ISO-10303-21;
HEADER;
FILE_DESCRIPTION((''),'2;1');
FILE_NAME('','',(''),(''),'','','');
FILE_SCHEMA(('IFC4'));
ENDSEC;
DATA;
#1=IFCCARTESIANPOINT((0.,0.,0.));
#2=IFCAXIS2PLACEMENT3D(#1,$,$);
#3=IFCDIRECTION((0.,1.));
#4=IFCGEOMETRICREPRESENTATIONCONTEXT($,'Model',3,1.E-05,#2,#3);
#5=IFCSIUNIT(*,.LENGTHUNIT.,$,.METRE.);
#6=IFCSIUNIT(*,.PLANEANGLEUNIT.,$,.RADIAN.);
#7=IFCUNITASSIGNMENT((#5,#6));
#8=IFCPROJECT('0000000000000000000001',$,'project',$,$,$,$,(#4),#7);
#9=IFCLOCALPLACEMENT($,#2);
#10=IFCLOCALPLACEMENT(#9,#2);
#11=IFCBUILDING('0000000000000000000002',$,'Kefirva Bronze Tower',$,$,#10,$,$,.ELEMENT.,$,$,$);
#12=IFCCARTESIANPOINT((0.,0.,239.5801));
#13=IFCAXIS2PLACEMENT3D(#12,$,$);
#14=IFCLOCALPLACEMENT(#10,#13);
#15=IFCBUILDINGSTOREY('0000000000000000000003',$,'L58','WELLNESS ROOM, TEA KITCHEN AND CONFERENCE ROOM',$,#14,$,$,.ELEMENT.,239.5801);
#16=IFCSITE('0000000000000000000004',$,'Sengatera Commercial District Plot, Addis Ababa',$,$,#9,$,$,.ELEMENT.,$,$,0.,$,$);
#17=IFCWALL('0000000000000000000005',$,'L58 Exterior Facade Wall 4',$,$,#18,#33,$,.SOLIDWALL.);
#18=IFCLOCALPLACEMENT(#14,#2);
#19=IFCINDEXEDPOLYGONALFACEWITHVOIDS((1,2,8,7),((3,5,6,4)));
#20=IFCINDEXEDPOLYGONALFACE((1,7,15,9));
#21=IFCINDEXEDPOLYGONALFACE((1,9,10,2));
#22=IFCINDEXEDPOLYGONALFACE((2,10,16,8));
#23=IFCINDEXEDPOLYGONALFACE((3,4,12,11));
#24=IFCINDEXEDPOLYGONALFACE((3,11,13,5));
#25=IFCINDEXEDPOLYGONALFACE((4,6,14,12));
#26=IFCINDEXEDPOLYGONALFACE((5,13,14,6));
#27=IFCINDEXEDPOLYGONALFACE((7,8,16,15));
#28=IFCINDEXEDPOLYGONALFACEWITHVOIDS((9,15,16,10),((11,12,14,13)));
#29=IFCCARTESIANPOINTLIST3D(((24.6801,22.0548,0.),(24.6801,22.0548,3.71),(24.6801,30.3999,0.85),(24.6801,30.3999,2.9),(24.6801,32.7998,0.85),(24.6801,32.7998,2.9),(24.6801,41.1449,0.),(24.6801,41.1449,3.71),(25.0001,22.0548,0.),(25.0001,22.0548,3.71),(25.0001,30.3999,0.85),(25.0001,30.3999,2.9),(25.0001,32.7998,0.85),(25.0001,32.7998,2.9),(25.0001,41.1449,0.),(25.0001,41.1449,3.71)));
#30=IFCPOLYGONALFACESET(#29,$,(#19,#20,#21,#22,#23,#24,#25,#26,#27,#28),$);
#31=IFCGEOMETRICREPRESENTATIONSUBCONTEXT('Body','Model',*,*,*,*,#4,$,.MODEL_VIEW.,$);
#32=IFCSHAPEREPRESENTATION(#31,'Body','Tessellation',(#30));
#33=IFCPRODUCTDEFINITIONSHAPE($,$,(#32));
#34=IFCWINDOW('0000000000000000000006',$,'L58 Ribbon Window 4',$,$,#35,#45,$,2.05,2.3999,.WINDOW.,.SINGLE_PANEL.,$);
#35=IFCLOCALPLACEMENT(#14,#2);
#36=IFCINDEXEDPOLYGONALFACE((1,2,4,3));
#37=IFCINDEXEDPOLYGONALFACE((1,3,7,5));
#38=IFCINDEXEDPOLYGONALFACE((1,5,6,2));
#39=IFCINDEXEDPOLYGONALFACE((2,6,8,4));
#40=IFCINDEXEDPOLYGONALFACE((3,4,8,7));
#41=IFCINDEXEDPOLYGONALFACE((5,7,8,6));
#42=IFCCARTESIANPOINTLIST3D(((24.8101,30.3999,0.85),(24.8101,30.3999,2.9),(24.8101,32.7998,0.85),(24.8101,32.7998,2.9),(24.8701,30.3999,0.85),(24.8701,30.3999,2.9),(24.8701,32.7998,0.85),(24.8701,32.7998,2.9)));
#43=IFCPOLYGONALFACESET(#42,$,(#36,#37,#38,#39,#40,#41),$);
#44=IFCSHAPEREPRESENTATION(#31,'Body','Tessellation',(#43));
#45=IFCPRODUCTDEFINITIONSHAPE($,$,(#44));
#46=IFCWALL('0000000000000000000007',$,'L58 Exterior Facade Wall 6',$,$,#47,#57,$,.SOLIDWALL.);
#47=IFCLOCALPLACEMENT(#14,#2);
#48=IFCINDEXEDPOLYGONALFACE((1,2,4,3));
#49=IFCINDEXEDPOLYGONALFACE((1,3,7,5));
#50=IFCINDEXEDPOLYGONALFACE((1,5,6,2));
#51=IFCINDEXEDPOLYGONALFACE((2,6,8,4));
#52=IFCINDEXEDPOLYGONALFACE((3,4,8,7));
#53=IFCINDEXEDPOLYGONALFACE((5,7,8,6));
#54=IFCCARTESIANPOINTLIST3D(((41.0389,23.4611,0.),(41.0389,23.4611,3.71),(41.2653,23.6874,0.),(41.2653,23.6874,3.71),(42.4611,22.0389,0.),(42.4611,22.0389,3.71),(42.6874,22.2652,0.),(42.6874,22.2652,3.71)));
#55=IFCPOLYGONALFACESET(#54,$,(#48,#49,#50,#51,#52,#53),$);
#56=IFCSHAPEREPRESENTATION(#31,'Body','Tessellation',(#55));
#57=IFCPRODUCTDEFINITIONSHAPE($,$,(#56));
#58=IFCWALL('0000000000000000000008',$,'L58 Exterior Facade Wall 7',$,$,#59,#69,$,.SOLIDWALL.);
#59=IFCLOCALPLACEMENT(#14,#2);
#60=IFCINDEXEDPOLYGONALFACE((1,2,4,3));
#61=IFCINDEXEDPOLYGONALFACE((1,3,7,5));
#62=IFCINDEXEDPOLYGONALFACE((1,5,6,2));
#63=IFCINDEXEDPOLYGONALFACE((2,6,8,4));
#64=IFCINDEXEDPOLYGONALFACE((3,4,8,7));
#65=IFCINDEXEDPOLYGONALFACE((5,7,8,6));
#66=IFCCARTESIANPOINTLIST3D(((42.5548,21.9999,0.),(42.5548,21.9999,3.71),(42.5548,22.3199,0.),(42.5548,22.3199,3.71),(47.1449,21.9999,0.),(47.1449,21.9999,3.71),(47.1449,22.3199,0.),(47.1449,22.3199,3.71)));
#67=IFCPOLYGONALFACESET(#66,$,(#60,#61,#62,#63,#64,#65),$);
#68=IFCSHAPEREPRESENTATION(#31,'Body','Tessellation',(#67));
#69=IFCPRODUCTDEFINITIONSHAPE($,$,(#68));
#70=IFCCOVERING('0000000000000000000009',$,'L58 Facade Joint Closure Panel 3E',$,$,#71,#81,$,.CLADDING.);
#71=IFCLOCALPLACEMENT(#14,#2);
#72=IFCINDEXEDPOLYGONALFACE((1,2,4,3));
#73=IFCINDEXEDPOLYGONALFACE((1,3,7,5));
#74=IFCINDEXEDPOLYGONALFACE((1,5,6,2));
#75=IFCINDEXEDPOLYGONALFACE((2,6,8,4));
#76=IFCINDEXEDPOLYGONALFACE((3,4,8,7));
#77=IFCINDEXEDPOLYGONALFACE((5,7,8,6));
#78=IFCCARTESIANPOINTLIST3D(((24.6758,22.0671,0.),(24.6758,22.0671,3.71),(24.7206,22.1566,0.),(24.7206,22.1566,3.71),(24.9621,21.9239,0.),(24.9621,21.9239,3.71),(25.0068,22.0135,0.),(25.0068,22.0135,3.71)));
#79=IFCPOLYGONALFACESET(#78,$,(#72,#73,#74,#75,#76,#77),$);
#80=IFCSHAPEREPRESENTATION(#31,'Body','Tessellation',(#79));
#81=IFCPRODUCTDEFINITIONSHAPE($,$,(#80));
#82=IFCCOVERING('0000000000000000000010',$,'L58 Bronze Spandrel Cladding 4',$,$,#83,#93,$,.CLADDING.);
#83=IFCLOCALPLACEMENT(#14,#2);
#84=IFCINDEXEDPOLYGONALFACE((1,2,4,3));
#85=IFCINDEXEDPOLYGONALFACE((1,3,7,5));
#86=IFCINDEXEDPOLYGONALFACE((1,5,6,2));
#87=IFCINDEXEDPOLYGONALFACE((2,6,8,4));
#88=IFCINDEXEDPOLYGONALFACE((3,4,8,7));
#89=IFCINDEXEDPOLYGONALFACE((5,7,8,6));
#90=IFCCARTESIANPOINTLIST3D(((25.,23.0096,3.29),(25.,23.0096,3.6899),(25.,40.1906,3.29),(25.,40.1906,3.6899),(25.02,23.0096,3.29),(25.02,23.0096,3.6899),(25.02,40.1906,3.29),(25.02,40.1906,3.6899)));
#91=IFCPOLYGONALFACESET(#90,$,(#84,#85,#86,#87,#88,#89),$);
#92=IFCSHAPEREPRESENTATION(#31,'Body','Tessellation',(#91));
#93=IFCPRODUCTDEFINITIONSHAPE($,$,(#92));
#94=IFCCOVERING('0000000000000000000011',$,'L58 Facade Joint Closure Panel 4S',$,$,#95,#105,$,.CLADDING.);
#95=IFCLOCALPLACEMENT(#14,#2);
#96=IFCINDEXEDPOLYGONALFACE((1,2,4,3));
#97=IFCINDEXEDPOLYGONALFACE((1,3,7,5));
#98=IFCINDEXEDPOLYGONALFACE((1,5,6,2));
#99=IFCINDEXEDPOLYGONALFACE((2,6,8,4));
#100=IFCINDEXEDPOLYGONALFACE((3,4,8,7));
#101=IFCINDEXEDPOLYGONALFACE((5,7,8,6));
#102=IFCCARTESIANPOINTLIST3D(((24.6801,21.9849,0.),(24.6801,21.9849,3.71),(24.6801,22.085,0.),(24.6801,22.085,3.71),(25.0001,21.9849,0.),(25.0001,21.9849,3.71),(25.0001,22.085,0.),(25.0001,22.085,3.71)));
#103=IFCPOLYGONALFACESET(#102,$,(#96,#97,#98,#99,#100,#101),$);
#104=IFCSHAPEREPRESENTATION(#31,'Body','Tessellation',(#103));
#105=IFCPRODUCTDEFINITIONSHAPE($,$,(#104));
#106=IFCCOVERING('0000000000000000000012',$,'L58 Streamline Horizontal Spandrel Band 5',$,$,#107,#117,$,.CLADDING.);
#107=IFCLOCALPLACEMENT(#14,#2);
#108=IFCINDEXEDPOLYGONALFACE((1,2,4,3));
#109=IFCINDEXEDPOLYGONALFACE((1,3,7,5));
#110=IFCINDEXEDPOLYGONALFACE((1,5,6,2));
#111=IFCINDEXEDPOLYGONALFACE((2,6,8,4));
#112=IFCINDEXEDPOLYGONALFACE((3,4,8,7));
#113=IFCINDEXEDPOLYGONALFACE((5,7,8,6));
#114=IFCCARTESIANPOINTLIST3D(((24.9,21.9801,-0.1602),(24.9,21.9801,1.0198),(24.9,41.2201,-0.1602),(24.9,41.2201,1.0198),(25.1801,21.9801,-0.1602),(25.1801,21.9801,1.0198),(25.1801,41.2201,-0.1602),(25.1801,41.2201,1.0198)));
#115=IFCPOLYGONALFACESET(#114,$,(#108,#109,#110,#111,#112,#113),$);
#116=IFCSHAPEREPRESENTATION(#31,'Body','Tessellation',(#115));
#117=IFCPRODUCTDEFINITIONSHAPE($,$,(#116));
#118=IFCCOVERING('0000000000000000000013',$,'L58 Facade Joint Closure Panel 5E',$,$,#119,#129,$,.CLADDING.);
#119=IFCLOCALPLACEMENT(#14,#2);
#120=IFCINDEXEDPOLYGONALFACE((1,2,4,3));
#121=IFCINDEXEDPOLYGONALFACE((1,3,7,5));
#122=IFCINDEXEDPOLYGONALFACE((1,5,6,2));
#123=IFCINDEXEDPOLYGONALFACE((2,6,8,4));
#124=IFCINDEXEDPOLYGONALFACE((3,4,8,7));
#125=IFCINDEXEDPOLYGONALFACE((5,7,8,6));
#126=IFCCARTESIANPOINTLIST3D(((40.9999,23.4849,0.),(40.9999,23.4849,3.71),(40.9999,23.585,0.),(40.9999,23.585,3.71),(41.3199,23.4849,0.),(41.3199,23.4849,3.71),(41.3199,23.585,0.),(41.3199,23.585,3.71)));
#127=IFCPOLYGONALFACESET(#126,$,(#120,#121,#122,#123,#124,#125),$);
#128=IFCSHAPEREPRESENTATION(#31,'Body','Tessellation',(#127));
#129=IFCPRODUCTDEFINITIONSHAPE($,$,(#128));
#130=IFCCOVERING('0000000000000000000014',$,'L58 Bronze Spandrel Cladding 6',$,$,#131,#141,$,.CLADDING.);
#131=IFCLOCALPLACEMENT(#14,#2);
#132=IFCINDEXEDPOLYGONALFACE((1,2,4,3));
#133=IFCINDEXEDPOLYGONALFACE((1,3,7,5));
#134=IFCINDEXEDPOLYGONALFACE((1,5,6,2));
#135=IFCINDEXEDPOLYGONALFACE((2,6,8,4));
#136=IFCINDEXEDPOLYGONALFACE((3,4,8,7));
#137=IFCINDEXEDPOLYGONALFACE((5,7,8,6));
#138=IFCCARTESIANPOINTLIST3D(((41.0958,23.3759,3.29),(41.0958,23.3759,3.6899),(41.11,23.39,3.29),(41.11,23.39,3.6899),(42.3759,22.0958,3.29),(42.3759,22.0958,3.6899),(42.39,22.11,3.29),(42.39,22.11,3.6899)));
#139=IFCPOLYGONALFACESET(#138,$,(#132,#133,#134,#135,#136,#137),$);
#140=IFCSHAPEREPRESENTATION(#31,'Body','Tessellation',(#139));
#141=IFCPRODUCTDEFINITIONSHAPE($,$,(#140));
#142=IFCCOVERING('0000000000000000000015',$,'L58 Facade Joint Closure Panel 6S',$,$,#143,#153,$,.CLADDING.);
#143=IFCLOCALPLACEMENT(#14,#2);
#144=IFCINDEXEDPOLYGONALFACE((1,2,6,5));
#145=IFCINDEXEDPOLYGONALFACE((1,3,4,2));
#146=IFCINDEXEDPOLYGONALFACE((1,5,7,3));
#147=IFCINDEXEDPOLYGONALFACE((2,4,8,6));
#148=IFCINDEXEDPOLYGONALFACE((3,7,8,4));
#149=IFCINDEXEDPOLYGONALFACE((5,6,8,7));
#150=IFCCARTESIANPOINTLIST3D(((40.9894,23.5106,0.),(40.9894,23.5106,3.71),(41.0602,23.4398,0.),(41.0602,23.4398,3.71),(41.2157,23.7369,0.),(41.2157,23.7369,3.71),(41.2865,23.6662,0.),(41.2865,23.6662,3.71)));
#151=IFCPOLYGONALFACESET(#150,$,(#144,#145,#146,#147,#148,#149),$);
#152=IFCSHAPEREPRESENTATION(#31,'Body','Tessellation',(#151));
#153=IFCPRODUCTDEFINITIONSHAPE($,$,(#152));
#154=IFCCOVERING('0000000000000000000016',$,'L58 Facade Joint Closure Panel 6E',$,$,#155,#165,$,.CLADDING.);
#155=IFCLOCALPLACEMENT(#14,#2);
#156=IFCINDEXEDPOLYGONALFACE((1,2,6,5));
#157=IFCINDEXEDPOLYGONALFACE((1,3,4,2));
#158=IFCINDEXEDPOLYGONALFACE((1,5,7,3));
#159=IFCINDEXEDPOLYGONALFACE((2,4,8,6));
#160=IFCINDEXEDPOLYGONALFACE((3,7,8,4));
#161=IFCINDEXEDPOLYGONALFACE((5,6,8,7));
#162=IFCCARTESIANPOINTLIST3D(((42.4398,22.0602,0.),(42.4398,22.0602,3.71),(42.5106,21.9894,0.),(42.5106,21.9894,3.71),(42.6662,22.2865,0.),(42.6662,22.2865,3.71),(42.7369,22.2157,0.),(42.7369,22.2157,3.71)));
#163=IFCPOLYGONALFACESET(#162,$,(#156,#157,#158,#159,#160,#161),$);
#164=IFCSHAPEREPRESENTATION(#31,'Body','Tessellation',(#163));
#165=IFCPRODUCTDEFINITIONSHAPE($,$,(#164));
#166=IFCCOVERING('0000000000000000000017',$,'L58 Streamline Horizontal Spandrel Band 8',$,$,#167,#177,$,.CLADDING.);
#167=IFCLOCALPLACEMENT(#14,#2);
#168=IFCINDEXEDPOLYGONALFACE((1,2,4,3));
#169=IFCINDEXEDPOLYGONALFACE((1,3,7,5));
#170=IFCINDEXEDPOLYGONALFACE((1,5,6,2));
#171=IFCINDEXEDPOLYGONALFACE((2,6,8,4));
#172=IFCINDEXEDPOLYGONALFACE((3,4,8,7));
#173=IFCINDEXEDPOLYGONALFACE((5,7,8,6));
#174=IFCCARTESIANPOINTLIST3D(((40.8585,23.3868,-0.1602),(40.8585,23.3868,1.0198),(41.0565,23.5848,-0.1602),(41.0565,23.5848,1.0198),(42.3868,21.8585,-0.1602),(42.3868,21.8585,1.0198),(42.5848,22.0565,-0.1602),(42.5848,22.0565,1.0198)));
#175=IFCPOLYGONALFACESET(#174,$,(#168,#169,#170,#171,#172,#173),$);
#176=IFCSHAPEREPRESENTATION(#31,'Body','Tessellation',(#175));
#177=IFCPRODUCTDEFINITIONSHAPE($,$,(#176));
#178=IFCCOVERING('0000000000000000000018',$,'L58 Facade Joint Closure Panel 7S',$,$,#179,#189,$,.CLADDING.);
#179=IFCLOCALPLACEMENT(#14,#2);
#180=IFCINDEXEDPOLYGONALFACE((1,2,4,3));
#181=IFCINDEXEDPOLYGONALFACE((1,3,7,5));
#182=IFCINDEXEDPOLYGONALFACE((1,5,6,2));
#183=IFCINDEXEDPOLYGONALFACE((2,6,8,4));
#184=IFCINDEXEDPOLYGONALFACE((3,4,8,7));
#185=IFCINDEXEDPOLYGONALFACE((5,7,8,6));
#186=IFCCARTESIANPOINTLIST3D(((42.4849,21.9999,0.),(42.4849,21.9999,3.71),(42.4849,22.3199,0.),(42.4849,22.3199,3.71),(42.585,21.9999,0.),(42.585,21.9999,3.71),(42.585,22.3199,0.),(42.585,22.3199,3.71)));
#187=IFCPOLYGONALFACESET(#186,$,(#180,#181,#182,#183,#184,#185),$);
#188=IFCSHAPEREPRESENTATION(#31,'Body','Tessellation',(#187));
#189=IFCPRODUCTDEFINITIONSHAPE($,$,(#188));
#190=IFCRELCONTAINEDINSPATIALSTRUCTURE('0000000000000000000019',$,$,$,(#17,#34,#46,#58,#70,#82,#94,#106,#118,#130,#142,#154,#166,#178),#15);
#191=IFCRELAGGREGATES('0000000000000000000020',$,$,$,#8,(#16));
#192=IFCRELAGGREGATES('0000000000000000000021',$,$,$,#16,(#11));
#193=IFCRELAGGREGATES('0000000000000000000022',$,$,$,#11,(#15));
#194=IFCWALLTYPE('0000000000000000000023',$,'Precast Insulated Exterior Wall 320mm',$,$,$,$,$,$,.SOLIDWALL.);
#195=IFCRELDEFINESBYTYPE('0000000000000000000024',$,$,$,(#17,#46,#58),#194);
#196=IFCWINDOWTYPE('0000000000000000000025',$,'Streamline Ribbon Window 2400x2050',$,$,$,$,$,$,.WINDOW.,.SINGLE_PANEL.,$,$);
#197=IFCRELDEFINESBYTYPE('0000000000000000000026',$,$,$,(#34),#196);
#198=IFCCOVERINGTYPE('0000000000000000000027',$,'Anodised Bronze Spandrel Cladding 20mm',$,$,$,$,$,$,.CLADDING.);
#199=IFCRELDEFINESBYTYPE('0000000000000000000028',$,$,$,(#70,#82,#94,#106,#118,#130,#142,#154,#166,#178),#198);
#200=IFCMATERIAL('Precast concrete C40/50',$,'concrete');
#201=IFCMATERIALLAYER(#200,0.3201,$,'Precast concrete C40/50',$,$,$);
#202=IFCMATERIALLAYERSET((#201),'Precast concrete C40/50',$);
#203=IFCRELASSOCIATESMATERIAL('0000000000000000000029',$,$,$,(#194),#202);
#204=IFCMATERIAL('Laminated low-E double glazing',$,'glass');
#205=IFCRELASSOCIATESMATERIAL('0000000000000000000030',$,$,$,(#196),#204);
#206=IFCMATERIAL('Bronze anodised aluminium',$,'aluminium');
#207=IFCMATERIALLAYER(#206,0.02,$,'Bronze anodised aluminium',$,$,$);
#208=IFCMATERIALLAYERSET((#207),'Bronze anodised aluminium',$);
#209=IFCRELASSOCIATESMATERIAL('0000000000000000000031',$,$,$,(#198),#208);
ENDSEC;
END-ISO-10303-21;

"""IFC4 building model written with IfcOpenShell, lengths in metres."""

from ifc_helpers import new_model, si_unit, direction, frame, frame_2d, origin, origin_2d, place, context, subcontext, project, spatial, rectangle, extrude, material, layer, layer_set, type_object, element, fill, save


model = new_model("IFC4")

# Units and contexts
model_context = context("Model", 3, precision=1e-05, world=origin(), true_north=direction((0.0, 1.0)))
body_context = subcontext(model_context, "Body", "Model", "MODEL_VIEW")
ifc_project = project(units=[si_unit("LENGTHUNIT", "METRE"), si_unit("PLANEANGLEUNIT", "RADIAN")], contexts=[model_context])

# Site, building, storey
site_placement = place(None, origin())
site = spatial("IfcSite", under=ifc_project, at=site_placement, Name="Sengatera Commercial District Plot, Addis Ababa", CompositionType="ELEMENT", RefElevation=0.0)
building_placement = place(site_placement, origin())
building = spatial("IfcBuilding", under=site, at=building_placement, Name="Kefirva Bronze Tower", CompositionType="ELEMENT")
storey_placement = place(building_placement, frame((0.0, 0.0, 239.5801)))
storey = spatial("IfcBuildingStorey", under=building, at=storey_placement, Name="L58", Description="WELLNESS ROOM, TEA KITCHEN AND CONFERENCE ROOM", CompositionType="ELEMENT", Elevation=239.5801)

# Wall, opening, window
ifc_material_1 = material(Name="Precast concrete C40/50", Category="concrete")
ifc_layer_1 = layer(ifc_material_1, 0.3201, Name="Precast concrete C40/50")
ifc_layer_set_1 = layer_set([ifc_layer_1], Name="Precast concrete C40/50")
wall_type = type_object("IfcWallType", Name="Precast Insulated Exterior Wall 320mm", PredefinedType="SOLIDWALL", material=ifc_layer_set_1)
wall_1_placement = place(storey_placement, frame((24.8401, 22.0549, 0.0), z_axis=(0.0, 0.0, 1.0), x_axis=(0.0, 1.0, 0.0)))
wall_1 = element("IfcWall", 1, at=wall_1_placement, inside=storey, type_object=wall_type, Name="L58 Exterior Facade Wall 4", PredefinedType="SOLIDWALL", context=body_context, shape_type="SweptSolid", body=[
    extrude(rectangle(XDim=19.0901, YDim=0.3201, at=frame_2d((9.5449, 0.0))), origin(), (0.0, 0.0, 1.0), 3.71),
])
opening_placement = place(wall_1_placement, frame((8.345, 0.0, 0.8501)))
opening = element("IfcOpeningElement", 2, at=opening_placement, cuts=wall_1, PredefinedType="OPENING", context=body_context, shape_type="SweptSolid", body=[
    extrude(rectangle(XDim=2.3999, YDim=2.05, at=frame_2d((1.2, 1.0249))), frame((0.0, 0.1699, 0.0), z_axis=(0.0, -1.0, 0.0), x_axis=(1.0, 0.0, 0.0)), (0.0, 0.0, 1.0), 0.3401),
])
ifc_material_2 = material(Name="Laminated low-E double glazing", Category="glass")
window_type = type_object("IfcWindowType", Name="Streamline Ribbon Window 2400x2050", PartitioningType="SINGLE_PANEL", PredefinedType="WINDOW", material=ifc_material_2)
window_placement = place(opening_placement, origin())
window = element("IfcWindow", 3, at=window_placement, inside=storey, type_object=window_type, Name="L58 Ribbon Window 4", OverallHeight=2.05, OverallWidth=2.3999, PartitioningType="SINGLE_PANEL", PredefinedType="WINDOW", context=body_context, shape_type="SweptSolid", body=[
    extrude(rectangle(XDim=2.3999, YDim=2.05, at=frame_2d((1.2, 1.0249))), frame((0.0, 0.03, 0.0), z_axis=(0.0, -1.0, 0.0), x_axis=(1.0, 0.0, 0.0)), (0.0, 0.0, 1.0), 0.0601),
])
fill(opening, window)

# Walls
wall_2_placement = place(storey_placement, frame((41.1521, 23.5742, 0.0), z_axis=(0.0, 0.0, 1.0), x_axis=(0.707107, -0.707107, 0.0)))
element("IfcWall", 4, at=wall_2_placement, inside=storey, type_object=wall_type, Name="L58 Exterior Facade Wall 6", PredefinedType="SOLIDWALL", context=body_context, shape_type="SweptSolid", body=[
    extrude(rectangle(XDim=2.0112, YDim=0.3201, at=frame_2d((1.0056, 0.0))), origin(), (0.0, 0.0, 1.0), 3.71),
])
wall_3_placement = place(storey_placement, frame((42.5549, 22.1599, 0.0), z_axis=(0.0, 0.0, 1.0), x_axis=(1.0, 0.0, 0.0)))
element("IfcWall", 5, at=wall_3_placement, inside=storey, type_object=wall_type, Name="L58 Exterior Facade Wall 7", PredefinedType="SOLIDWALL", context=body_context, shape_type="SweptSolid", body=[
    extrude(rectangle(XDim=4.5901, YDim=0.3201, at=frame_2d((2.2949, 0.0))), origin(), (0.0, 0.0, 1.0), 3.71),
])

# Coverings
ifc_material_3 = material(Name="Bronze anodised aluminium", Category="aluminium")
ifc_layer_2 = layer(ifc_material_3, 0.02, Name="Bronze anodised aluminium")
ifc_layer_set_2 = layer_set([ifc_layer_2], Name="Bronze anodised aluminium")
covering_type_1 = type_object("IfcCoveringType", Name="Anodised Bronze Spandrel Cladding 20mm", PredefinedType="CLADDING", material=ifc_layer_set_2)
covering_1_placement = place(storey_placement, frame((24.8413, 22.0403, 0.0), z_axis=(0.0, 0.0, 1.0), x_axis=(0.447214, 0.894427, 0.0)))
element("IfcCovering", 6, at=covering_1_placement, inside=storey, type_object=covering_type_1, Name="L58 Facade Joint Closure Panel 3E", PredefinedType="CLADDING", context=body_context, shape_type="SweptSolid", body=[
    extrude(rectangle(XDim=0.1001, YDim=0.3201, at=origin_2d()), origin(), (0.0, 0.0, 1.0), 3.71),
])
covering_2_placement = place(storey_placement, frame((25.01, 31.6001, 3.29), z_axis=(0.0, 0.0, 1.0), x_axis=(0.0, 1.0, 0.0)))
element("IfcCovering", 7, at=covering_2_placement, inside=storey, type_object=covering_type_1, Name="L58 Bronze Spandrel Cladding 4", PredefinedType="CLADDING", context=body_context, shape_type="SweptSolid", body=[
    extrude(rectangle(XDim=17.1809, YDim=0.02, at=origin_2d()), origin(), (0.0, 0.0, 1.0), 0.3999),
])
covering_3_placement = place(storey_placement, frame((24.8401, 22.0349, 0.0), z_axis=(0.0, 0.0, 1.0), x_axis=(0.0, 1.0, 0.0)))
element("IfcCovering", 8, at=covering_3_placement, inside=storey, type_object=covering_type_1, Name="L58 Facade Joint Closure Panel 4S", PredefinedType="CLADDING", context=body_context, shape_type="SweptSolid", body=[
    extrude(rectangle(XDim=0.1001, YDim=0.3201, at=origin_2d()), origin(), (0.0, 0.0, 1.0), 3.71),
])
covering_4_placement = place(storey_placement, frame((25.04, 31.6001, -0.1602), z_axis=(0.0, 0.0, 1.0), x_axis=(0.0, 1.0, 0.0)))
element("IfcCovering", 9, at=covering_4_placement, inside=storey, type_object=covering_type_1, Name="L58 Streamline Horizontal Spandrel Band 5", PredefinedType="CLADDING", context=body_context, shape_type="SweptSolid", body=[
    extrude(rectangle(XDim=19.24, YDim=0.28, at=origin_2d()), origin(), (0.0, 0.0, 1.0), 1.1799),
])
covering_5_placement = place(storey_placement, frame((41.1599, 23.5349, 0.0), z_axis=(0.0, 0.0, 1.0), x_axis=(0.0, -1.0, 0.0)))
element("IfcCovering", 10, at=covering_5_placement, inside=storey, type_object=covering_type_1, Name="L58 Facade Joint Closure Panel 5E", PredefinedType="CLADDING", context=body_context, shape_type="SweptSolid", body=[
    extrude(rectangle(XDim=0.1001, YDim=0.3201, at=origin_2d()), origin(), (0.0, 0.0, 1.0), 3.71),
])
covering_6_placement = place(storey_placement, frame((41.7429, 22.7429, 3.29), z_axis=(0.0, 0.0, 1.0), x_axis=(0.707107, -0.707107, 0.0)))
element("IfcCovering", 11, at=covering_6_placement, inside=storey, type_object=covering_type_1, Name="L58 Bronze Spandrel Cladding 6", PredefinedType="CLADDING", context=body_context, shape_type="SweptSolid", body=[
    extrude(rectangle(XDim=1.8103, YDim=0.02, at=origin_2d()), origin(), (0.0, 0.0, 1.0), 0.3999),
])
for number, where, z_axis, x_axis, name in (
    (12, (41.1379, 23.5884, 0.0), (0.0, 0.0, 1.0), (0.707107, -0.707107, 0.0), "L58 Facade Joint Closure Panel 6S"),
    (13, (42.5884, 22.1379, 0.0), (0.0, 0.0, 1.0), (0.707107, -0.707107, 0.0), "L58 Facade Joint Closure Panel 6E"),
):
    element("IfcCovering", number, at=place(storey_placement, frame(where, z_axis=z_axis, x_axis=x_axis)), inside=storey, type_object=covering_type_1, Name=name, PredefinedType="CLADDING", context=body_context, shape_type="SweptSolid", body=[
        extrude(rectangle(XDim=0.1001, YDim=0.3201, at=origin_2d()), origin(), (0.0, 0.0, 1.0), 3.71),
    ])
covering_7_placement = place(storey_placement, frame((41.7217, 22.7217, -0.1602), z_axis=(0.0, 0.0, 1.0), x_axis=(0.707107, -0.707107, 0.0)))
element("IfcCovering", 14, at=covering_7_placement, inside=storey, type_object=covering_type_1, Name="L58 Streamline Horizontal Spandrel Band 8", PredefinedType="CLADDING", context=body_context, shape_type="SweptSolid", body=[
    extrude(rectangle(XDim=2.1614, YDim=0.28, at=origin_2d()), origin(), (0.0, 0.0, 1.0), 1.1799),
])
covering_8_placement = place(storey_placement, frame((42.5349, 22.1599, 0.0), z_axis=(0.0, 0.0, 1.0), x_axis=(1.0, 0.0, 0.0)))
element("IfcCovering", 15, at=covering_8_placement, inside=storey, type_object=covering_type_1, Name="L58 Facade Joint Closure Panel 7S", PredefinedType="CLADDING", context=body_context, shape_type="SweptSolid", body=[
    extrude(rectangle(XDim=0.1001, YDim=0.3201, at=origin_2d()), origin(), (0.0, 0.0, 1.0), 3.71),
])

save(model, "model.ifc")
